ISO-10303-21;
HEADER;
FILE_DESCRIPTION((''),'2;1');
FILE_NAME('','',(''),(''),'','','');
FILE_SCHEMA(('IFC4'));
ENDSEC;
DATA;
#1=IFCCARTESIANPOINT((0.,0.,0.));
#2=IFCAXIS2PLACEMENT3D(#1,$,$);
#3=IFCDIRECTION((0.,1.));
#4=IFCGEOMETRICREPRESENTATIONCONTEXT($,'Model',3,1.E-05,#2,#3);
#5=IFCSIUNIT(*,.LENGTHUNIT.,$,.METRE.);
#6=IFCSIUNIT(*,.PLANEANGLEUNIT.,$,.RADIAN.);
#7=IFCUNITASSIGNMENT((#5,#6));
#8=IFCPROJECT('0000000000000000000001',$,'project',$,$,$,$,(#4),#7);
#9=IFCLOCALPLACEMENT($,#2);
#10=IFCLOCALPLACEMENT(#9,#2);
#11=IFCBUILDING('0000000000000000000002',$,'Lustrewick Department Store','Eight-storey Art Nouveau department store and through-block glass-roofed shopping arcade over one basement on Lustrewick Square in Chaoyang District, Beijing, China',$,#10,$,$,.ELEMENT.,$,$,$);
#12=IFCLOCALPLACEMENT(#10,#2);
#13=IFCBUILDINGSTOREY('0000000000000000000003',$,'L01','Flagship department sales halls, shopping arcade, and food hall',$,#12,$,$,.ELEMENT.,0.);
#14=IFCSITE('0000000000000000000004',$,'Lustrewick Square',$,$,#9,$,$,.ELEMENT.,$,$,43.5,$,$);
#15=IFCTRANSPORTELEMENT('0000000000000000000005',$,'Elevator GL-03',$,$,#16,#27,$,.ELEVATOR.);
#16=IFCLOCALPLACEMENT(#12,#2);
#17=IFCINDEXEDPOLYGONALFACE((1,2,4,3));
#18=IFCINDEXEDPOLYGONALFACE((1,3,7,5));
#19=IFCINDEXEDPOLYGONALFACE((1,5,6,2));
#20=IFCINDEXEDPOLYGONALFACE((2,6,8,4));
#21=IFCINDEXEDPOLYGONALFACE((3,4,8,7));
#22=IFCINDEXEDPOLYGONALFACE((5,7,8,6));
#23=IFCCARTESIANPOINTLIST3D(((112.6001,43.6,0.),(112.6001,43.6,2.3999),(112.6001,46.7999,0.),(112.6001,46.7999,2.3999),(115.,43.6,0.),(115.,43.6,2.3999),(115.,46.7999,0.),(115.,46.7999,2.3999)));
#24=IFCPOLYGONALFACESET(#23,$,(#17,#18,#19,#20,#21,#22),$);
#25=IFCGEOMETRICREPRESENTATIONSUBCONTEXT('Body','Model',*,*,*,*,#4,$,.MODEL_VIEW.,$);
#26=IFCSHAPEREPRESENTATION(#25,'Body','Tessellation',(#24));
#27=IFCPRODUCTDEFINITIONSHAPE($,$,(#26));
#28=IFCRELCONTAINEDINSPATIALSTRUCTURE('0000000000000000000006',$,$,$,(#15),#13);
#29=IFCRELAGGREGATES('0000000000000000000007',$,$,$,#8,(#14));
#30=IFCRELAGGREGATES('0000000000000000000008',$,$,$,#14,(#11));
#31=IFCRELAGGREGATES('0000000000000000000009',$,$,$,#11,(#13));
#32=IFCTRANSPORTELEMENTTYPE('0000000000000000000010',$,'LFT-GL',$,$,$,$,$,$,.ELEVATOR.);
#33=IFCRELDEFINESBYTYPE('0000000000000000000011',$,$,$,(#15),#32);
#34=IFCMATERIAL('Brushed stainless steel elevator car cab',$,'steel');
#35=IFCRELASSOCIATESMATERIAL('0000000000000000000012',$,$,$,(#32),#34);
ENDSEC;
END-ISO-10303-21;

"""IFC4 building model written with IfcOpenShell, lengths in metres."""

from ifc_helpers import new_model, si_unit, direction, frame, origin, origin_2d, place, context, subcontext, project, spatial, rectangle, extrude, material, type_object, element, save


model = new_model("IFC4")

# Units and contexts
model_context = context("Model", 3, precision=1e-05, world=origin(), true_north=direction((0.0, 1.0)))
body_context = subcontext(model_context, "Body", "Model", "MODEL_VIEW")
ifc_project = project(units=[si_unit("LENGTHUNIT", "METRE"), si_unit("PLANEANGLEUNIT", "RADIAN")], contexts=[model_context])

# Site, building, storey
site_placement = place(None, origin())
site = spatial("IfcSite", under=ifc_project, at=site_placement, Name="Lustrewick Square", CompositionType="ELEMENT", RefElevation=43.5)
building_placement = place(site_placement, origin())
building = spatial("IfcBuilding", under=site, at=building_placement, Name="Lustrewick Department Store", Description="Eight-storey Art Nouveau department store and through-block glass-roofed shopping arcade over one basement on Lustrewick Square in Chaoyang District, Beijing, China", CompositionType="ELEMENT")
storey_placement = place(building_placement, origin())
storey = spatial("IfcBuildingStorey", under=building, at=storey_placement, Name="L01", Description="Flagship department sales halls, shopping arcade, and food hall", CompositionType="ELEMENT", Elevation=0.0)

# Transport element
ifc_material_1 = material(Name="Brushed stainless steel elevator car cab", Category="steel")
transport_element_type = type_object("IfcTransportElementType", Name="LFT-GL", PredefinedType="ELEVATOR", material=ifc_material_1)
transport_element_placement = place(storey_placement, frame((113.8, 45.2, 0.0), z_axis=(0.0, 0.0, 1.0), x_axis=(1.0, 0.0, 0.0)))
element("IfcTransportElement", 1, at=transport_element_placement, inside=storey, type_object=transport_element_type, Name="Elevator GL-03", PredefinedType="ELEVATOR", context=body_context, shape_type="SweptSolid", body=[
    extrude(rectangle(XDim=2.3999, YDim=3.2, at=origin_2d()), origin(), (0.0, 0.0, 1.0), 2.3999),
])

save(model, "model.ifc")
